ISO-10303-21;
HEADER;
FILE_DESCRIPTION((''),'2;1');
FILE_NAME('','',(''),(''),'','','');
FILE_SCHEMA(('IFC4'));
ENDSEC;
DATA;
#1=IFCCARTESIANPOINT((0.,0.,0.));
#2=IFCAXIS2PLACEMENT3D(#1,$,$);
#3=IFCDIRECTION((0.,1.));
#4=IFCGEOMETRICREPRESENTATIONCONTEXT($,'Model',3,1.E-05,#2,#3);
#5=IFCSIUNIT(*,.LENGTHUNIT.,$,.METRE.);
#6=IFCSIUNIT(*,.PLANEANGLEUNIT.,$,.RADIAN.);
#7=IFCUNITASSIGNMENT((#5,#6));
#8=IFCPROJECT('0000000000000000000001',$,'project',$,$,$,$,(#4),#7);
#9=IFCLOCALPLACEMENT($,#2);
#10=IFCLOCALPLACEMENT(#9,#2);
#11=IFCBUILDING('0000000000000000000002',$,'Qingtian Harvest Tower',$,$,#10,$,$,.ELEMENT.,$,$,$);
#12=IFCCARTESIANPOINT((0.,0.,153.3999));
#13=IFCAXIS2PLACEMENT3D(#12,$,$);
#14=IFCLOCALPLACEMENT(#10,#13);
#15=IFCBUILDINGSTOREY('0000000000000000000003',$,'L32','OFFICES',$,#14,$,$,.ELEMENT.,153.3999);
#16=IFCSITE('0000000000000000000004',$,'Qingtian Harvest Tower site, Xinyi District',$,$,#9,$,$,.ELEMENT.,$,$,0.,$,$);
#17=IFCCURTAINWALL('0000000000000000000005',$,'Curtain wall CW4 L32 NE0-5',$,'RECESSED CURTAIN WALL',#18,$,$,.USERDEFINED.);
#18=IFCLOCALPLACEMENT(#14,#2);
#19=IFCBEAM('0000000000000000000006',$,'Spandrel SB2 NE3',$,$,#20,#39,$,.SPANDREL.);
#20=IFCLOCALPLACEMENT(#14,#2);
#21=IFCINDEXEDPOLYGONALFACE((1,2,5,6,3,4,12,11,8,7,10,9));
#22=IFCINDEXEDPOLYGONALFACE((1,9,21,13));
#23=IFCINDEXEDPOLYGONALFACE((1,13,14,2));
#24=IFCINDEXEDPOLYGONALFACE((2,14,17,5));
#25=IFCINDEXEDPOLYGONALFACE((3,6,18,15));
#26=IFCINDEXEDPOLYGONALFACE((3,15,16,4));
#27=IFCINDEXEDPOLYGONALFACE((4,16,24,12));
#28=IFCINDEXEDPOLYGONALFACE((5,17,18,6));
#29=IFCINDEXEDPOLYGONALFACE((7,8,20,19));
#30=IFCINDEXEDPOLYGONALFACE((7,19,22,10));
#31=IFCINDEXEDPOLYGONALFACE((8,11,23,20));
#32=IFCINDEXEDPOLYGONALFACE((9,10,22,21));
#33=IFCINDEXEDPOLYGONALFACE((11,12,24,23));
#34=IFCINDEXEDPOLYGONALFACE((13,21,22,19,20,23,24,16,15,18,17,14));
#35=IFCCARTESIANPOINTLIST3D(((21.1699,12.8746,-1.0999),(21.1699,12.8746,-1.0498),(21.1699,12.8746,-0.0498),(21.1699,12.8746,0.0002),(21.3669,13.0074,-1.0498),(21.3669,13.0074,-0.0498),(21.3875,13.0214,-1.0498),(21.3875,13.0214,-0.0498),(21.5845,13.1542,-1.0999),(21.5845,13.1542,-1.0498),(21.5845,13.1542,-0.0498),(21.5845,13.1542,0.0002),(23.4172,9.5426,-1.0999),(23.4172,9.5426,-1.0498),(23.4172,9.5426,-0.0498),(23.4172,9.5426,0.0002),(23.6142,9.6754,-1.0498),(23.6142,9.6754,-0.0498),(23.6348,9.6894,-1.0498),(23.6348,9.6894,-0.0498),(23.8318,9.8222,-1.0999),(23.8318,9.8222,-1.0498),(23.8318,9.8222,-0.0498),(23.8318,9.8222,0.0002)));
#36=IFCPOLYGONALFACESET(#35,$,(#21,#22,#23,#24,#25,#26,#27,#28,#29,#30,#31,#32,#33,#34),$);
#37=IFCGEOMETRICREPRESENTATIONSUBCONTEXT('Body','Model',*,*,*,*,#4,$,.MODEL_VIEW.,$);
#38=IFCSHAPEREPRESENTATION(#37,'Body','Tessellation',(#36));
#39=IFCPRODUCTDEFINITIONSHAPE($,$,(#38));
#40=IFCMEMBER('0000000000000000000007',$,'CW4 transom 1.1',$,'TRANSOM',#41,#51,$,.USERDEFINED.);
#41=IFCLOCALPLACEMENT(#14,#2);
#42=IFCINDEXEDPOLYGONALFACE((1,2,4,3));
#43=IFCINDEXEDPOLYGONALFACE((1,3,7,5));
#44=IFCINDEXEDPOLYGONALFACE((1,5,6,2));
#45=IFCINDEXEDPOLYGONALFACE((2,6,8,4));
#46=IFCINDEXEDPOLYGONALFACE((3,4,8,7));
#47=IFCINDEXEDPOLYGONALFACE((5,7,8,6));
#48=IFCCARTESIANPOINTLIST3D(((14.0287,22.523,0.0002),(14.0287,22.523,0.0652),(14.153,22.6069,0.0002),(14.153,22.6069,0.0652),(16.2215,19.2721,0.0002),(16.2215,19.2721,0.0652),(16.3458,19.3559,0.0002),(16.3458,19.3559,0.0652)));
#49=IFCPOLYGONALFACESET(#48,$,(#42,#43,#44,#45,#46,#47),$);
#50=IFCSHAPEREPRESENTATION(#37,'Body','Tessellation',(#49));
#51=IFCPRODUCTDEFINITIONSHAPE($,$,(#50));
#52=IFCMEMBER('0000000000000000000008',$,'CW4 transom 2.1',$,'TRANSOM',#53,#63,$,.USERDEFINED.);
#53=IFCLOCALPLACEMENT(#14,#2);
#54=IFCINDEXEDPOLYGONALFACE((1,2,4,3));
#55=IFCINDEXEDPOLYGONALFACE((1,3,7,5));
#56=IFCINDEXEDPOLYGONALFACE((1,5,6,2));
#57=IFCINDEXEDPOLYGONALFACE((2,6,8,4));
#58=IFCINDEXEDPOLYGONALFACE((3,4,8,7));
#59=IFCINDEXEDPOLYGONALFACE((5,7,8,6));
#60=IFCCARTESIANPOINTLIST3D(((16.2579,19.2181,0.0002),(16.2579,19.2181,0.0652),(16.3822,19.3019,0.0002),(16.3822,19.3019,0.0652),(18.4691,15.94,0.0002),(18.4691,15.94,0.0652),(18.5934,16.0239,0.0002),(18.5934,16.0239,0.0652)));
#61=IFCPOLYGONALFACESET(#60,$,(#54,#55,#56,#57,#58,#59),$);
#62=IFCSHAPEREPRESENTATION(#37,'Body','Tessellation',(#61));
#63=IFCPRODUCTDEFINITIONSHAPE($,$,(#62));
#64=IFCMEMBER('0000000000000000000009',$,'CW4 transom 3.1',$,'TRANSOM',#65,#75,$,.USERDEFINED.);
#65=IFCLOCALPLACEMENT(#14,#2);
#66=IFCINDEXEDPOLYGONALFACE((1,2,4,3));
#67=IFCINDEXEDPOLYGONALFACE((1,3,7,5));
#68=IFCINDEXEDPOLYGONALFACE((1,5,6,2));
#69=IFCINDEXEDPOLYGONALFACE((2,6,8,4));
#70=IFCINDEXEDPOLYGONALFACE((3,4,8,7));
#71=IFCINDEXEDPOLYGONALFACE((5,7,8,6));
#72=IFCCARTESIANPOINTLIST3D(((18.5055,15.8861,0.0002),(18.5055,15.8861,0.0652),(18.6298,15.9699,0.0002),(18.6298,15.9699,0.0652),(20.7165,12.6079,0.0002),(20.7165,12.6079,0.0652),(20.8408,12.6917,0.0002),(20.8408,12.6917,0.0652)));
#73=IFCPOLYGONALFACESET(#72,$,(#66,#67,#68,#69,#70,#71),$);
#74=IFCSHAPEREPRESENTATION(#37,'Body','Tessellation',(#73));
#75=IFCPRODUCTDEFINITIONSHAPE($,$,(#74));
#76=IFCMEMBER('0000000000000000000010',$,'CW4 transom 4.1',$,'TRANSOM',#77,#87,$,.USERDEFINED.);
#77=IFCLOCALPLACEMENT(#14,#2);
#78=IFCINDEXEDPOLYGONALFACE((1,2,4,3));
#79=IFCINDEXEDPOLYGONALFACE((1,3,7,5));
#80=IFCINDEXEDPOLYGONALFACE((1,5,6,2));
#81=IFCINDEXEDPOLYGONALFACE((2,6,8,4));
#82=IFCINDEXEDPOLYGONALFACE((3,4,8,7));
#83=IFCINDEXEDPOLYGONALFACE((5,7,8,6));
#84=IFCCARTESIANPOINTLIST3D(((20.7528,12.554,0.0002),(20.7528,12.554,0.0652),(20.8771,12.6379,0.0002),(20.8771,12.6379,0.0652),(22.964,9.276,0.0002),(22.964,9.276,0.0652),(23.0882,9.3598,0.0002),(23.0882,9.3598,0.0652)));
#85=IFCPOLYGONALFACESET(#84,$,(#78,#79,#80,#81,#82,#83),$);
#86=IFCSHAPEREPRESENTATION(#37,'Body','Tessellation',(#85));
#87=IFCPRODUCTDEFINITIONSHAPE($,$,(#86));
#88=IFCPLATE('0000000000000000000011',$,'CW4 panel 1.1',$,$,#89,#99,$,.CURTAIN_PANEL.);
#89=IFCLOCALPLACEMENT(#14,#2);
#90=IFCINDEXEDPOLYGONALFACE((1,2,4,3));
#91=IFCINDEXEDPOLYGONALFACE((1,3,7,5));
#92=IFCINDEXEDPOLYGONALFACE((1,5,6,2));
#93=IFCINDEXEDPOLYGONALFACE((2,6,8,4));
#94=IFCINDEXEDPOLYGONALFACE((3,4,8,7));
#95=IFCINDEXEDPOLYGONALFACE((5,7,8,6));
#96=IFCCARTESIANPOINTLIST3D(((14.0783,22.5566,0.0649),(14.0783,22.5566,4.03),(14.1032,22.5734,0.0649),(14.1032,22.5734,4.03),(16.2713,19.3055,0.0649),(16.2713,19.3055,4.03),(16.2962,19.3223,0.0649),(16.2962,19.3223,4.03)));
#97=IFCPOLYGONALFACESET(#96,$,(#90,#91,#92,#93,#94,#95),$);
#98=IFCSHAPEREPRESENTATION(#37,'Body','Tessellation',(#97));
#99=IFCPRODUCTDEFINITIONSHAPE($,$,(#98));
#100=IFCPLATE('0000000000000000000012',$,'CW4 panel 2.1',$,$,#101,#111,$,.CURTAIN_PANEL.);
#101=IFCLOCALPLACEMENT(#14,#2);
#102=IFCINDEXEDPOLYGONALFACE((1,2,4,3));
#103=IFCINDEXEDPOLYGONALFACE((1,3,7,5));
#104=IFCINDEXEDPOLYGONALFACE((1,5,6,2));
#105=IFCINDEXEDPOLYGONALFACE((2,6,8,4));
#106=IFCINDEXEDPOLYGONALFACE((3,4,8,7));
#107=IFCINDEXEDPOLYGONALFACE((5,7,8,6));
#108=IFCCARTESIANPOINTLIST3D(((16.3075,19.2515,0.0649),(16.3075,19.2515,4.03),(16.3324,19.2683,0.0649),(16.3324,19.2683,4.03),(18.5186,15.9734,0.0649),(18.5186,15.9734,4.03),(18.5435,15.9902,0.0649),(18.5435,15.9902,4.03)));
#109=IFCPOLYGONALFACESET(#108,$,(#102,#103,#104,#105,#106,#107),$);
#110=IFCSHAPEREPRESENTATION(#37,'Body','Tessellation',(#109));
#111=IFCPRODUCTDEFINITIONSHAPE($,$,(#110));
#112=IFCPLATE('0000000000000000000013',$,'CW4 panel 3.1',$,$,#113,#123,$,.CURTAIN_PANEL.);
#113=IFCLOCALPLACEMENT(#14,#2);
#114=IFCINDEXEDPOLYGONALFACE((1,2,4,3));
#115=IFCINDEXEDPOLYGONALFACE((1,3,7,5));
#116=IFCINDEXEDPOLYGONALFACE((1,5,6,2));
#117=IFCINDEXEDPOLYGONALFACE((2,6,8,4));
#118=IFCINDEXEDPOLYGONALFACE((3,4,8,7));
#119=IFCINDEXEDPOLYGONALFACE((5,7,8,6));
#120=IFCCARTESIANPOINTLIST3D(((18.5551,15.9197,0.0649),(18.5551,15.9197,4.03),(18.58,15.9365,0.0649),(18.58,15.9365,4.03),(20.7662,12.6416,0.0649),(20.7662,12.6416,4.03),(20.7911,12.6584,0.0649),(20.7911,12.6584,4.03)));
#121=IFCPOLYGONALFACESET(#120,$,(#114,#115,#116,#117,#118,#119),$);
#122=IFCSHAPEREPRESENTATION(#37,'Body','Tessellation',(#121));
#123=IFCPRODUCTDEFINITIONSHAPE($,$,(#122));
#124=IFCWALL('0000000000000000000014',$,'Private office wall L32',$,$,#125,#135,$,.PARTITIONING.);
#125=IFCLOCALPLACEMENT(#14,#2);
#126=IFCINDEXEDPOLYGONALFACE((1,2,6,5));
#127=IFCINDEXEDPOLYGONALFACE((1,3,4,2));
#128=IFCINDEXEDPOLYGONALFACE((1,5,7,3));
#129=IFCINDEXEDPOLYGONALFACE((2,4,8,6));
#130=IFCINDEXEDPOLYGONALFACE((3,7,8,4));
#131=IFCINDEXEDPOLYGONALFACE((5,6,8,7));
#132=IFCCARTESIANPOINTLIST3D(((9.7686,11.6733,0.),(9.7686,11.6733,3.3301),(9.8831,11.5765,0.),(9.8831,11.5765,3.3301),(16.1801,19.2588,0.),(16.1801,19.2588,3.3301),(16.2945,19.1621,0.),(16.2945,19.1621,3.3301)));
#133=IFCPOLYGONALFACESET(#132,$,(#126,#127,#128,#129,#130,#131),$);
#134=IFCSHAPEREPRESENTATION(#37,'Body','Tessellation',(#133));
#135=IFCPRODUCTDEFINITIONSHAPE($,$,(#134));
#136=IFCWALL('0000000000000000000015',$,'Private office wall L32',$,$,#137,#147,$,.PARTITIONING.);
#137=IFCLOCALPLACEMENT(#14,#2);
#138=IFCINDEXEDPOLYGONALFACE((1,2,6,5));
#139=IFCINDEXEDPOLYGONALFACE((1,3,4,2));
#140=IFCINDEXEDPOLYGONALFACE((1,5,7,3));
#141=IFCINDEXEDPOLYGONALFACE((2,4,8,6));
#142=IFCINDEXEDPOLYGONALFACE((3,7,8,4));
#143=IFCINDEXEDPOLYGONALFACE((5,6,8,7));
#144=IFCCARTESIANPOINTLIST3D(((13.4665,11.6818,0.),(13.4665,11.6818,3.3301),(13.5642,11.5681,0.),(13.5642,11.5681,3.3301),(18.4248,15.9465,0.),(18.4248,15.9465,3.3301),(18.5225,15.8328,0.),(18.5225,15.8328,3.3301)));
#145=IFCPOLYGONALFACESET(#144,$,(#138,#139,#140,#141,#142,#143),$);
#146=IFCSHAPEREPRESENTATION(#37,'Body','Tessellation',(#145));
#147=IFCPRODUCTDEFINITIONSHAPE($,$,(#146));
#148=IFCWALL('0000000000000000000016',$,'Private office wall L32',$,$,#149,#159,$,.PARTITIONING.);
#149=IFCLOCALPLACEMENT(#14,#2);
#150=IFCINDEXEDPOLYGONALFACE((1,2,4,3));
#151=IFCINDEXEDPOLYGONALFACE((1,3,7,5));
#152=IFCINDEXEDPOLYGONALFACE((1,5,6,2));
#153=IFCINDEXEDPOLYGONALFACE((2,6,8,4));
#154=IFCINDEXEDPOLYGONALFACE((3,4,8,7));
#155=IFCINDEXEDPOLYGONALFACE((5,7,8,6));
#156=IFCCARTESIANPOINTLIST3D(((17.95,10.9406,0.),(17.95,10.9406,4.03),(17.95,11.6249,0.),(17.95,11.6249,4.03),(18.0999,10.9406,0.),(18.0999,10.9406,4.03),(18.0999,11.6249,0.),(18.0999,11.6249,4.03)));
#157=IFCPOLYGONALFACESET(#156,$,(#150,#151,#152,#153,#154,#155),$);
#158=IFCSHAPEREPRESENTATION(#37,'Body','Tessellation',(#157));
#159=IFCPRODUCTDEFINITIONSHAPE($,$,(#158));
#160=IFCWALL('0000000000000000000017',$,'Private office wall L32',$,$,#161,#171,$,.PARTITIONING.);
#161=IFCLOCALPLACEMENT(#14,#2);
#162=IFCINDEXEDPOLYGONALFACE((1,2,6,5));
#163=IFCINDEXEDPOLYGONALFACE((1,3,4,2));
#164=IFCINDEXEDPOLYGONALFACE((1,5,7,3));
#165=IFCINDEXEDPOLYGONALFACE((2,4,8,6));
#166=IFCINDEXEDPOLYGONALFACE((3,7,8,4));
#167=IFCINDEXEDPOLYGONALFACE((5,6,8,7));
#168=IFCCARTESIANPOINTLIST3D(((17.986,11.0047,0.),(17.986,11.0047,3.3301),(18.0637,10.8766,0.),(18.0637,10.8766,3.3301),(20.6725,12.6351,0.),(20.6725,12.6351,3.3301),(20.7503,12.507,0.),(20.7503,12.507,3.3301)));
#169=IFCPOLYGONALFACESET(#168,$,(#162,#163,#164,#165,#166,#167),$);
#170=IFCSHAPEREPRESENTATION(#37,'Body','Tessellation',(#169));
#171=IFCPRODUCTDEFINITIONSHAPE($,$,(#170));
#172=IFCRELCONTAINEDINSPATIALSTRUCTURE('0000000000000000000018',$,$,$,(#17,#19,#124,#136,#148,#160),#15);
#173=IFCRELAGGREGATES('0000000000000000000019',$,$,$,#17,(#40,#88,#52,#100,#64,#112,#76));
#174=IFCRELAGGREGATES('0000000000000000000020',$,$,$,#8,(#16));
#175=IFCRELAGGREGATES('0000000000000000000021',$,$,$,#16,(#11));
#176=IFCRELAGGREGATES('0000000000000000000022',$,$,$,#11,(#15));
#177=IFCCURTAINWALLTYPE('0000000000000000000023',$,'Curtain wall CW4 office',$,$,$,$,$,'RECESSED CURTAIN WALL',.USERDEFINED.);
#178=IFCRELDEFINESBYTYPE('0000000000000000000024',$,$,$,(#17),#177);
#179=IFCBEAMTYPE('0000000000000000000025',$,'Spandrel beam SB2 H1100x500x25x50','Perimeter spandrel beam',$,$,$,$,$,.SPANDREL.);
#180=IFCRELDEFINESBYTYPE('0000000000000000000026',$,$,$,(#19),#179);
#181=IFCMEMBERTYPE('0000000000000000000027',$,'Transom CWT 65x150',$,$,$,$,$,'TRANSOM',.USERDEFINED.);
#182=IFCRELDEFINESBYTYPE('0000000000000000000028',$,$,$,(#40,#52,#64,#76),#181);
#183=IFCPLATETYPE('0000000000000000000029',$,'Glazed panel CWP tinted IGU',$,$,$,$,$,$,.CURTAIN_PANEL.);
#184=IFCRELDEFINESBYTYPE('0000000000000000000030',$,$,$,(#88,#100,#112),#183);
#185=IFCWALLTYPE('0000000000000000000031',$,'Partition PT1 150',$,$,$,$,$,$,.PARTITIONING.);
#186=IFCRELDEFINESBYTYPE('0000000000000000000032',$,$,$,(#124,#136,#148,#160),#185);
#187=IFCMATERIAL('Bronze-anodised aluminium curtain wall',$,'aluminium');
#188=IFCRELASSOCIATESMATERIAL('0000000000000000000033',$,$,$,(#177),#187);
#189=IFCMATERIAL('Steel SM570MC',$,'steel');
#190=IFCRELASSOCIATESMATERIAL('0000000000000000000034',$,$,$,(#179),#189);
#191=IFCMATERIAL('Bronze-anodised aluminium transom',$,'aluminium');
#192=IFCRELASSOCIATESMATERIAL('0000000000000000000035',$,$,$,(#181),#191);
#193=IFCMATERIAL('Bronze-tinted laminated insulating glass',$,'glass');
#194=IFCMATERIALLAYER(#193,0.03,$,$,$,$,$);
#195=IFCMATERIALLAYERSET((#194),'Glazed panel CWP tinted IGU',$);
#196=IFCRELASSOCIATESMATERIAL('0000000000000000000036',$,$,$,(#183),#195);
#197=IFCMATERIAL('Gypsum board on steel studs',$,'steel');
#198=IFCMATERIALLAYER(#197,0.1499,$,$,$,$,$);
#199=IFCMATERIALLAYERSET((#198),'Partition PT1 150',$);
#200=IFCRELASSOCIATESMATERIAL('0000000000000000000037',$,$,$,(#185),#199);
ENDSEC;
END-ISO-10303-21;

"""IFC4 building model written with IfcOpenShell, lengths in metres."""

from ifc_helpers import new_model, si_unit, direction, frame, frame_2d, origin, origin_2d, place, context, subcontext, project, spatial, rectangle, i_section, extrude, material, layer, layer_set, material_profile, profile_set, type_object, element, aggregate, save


model = new_model("IFC4")

# Units and contexts
model_context = context("Model", 3, precision=1e-05, world=origin(), true_north=direction((0.0, 1.0)))
body_context = subcontext(model_context, "Body", "Model", "MODEL_VIEW")
ifc_project = project(units=[si_unit("LENGTHUNIT", "METRE"), si_unit("PLANEANGLEUNIT", "RADIAN")], contexts=[model_context])

# Site, building, storey
site_placement = place(None, origin())
site = spatial("IfcSite", under=ifc_project, at=site_placement, Name="Qingtian Harvest Tower site, Xinyi District", CompositionType="ELEMENT", RefElevation=0.0)
building_placement = place(site_placement, origin())
building = spatial("IfcBuilding", under=site, at=building_placement, Name="Qingtian Harvest Tower", CompositionType="ELEMENT")
storey_placement = place(building_placement, frame((0.0, 0.0, 153.3999)))
storey = spatial("IfcBuildingStorey", under=building, at=storey_placement, Name="L32", Description="OFFICES", CompositionType="ELEMENT", Elevation=153.3999)

# Shared definitions
ifc_material_1 = material(Name="Bronze-anodised aluminium curtain wall", Category="aluminium")
curtain_wall_type = type_object("IfcCurtainWallType", Name="Curtain wall CW4 office", ElementType="RECESSED CURTAIN WALL", PredefinedType="USERDEFINED", material=ifc_material_1)

# Curtain wall
curtain_wall_1_placement = place(storey_placement, origin())
curtain_wall_1 = element("IfcCurtainWall", 1, at=curtain_wall_1_placement, inside=storey, type_object=curtain_wall_type, Name="Curtain wall CW4 L32 NE0-5", ObjectType="RECESSED CURTAIN WALL", PredefinedType="USERDEFINED")

# Beam
ifc_material_2 = material(Name="Steel SM570MC", Category="steel")
ifc_material_profile_1 = material_profile(ifc_material_2, i_section(OverallWidth=0.5, OverallDepth=1.1001, WebThickness=0.0249, FlangeThickness=0.05, at=origin_2d()), Name="H1100x500x25x50")
ifc_profile_set_1 = profile_set([ifc_material_profile_1], Name="Steel SM570MC")
beam_type_1 = type_object("IfcBeamType", Name="Spandrel beam SB2 H1100x500x25x50", Description="Perimeter spandrel beam", PredefinedType="SPANDREL", material=ifc_profile_set_1)
beam_1_placement = place(storey_placement, frame((21.3772, 13.0144, -0.5498), z_axis=(0.559164, -0.829057, 0.0), x_axis=(0.829057, 0.559164, 0.0)))
element("IfcBeam", 2, at=beam_1_placement, inside=storey, type_object=beam_type_1, Name="Spandrel SB2 NE3", PredefinedType="SPANDREL", context=body_context, shape_type="SweptSolid", body=[
    extrude(i_section(OverallWidth=0.5, OverallDepth=1.1001, WebThickness=0.0249, FlangeThickness=0.05, at=origin_2d()), origin(), (0.0, 0.0, 1.0), 4.019),
])

# Members
ifc_material_3 = material(Name="Bronze-anodised aluminium transom", Category="aluminium")
ifc_material_profile_2 = material_profile(ifc_material_3, rectangle(XDim=0.1499, YDim=0.0649, at=origin_2d()), Name="AL 65x150")
ifc_profile_set_2 = profile_set([ifc_material_profile_2], Name="Bronze-anodised aluminium transom")
member_type_1 = type_object("IfcMemberType", Name="Transom CWT 65x150", ElementType="TRANSOM", PredefinedType="USERDEFINED", material=ifc_profile_set_2)
member_1_placement = place(storey_placement, frame((14.0908, 22.5649, 0.0327), z_axis=(0.559203, -0.829031, 0.0), x_axis=(0.829031, 0.559203, 0.0)))
member_1 = element("IfcMember", 3, at=member_1_placement, type_object=member_type_1, Name="CW4 transom 1.1", ObjectType="TRANSOM", PredefinedType="USERDEFINED", context=body_context, shape_type="SweptSolid", body=[
    extrude(rectangle(XDim=0.1499, YDim=0.0649, at=origin_2d()), origin(), (0.0, 0.0, 1.0), 3.9214),
])
member_2_placement = place(storey_placement, frame((16.3201, 19.26, 0.0327), z_axis=(0.559209, -0.829027, 0.0), x_axis=(0.829027, 0.559209, 0.0)))
member_2 = element("IfcMember", 4, at=member_2_placement, type_object=member_type_1, Name="CW4 transom 2.1", ObjectType="TRANSOM", PredefinedType="USERDEFINED", context=body_context, shape_type="SweptSolid", body=[
    extrude(rectangle(XDim=0.1499, YDim=0.0649, at=origin_2d()), origin(), (0.0, 0.0, 1.0), 3.9541),
])
member_3_placement = place(storey_placement, frame((18.5676, 15.928, 0.0327), z_axis=(0.559166, -0.829055, 0.0), x_axis=(0.829055, 0.559166, 0.0)))
member_3 = element("IfcMember", 5, at=member_3_placement, type_object=member_type_1, Name="CW4 transom 3.1", ObjectType="TRANSOM", PredefinedType="USERDEFINED", context=body_context, shape_type="SweptSolid", body=[
    extrude(rectangle(XDim=0.1499, YDim=0.0649, at=origin_2d()), origin(), (0.0, 0.0, 1.0), 3.9541),
])
member_4_placement = place(storey_placement, frame((20.8149, 12.5959, 0.0327), z_axis=(0.559209, -0.829027, 0.0), x_axis=(0.829027, 0.559209, 0.0)))
member_4 = element("IfcMember", 6, at=member_4_placement, type_object=member_type_1, Name="CW4 transom 4.1", ObjectType="TRANSOM", PredefinedType="USERDEFINED", context=body_context, shape_type="SweptSolid", body=[
    extrude(rectangle(XDim=0.1499, YDim=0.0649, at=origin_2d()), origin(), (0.0, 0.0, 1.0), 3.9541),
])

# Plates
ifc_material_4 = material(Name="Bronze-tinted laminated insulating glass", Category="glass")
ifc_layer_1 = layer(ifc_material_4, 0.03)
ifc_layer_set_1 = layer_set([ifc_layer_1], Name="Glazed panel CWP tinted IGU")
plate_type = type_object("IfcPlateType", Name="Glazed panel CWP tinted IGU", PredefinedType="CURTAIN_PANEL", material=ifc_layer_set_1)
plate_1_placement = place(storey_placement, frame((15.1873, 20.9395, 0.0649), z_axis=(0.0, 0.0, 1.0), x_axis=(0.559193, -0.829038, 0.0)))
plate_1 = element("IfcPlate", 7, at=plate_1_placement, type_object=plate_type, Name="CW4 panel 1.1", PredefinedType="CURTAIN_PANEL", context=body_context, shape_type="SweptSolid", body=[
    extrude(rectangle(XDim=3.9216, YDim=0.03, at=origin_2d()), origin(), (0.0, 0.0, 1.0), 3.9651),
])
plate_2_placement = place(storey_placement, frame((17.4255, 17.6208, 0.0649), z_axis=(0.0, 0.0, 1.0), x_axis=(0.559193, -0.829038, 0.0)))
plate_2 = element("IfcPlate", 8, at=plate_2_placement, type_object=plate_type, Name="CW4 panel 2.1", PredefinedType="CURTAIN_PANEL", context=body_context, shape_type="SweptSolid", body=[
    extrude(rectangle(XDim=3.9541, YDim=0.03, at=origin_2d()), origin(), (0.0, 0.0, 1.0), 3.9651),
])
plate_3_placement = place(storey_placement, frame((19.6731, 14.2891, 0.0649), z_axis=(0.0, 0.0, 1.0), x_axis=(0.559193, -0.829038, 0.0)))
plate_3 = element("IfcPlate", 9, at=plate_3_placement, type_object=plate_type, Name="CW4 panel 3.1", PredefinedType="CURTAIN_PANEL", context=body_context, shape_type="SweptSolid", body=[
    extrude(rectangle(XDim=3.9541, YDim=0.03, at=origin_2d()), origin(), (0.0, 0.0, 1.0), 3.9651),
])
aggregate(curtain_wall_1, [member_1, plate_1, member_2, plate_2, member_3, plate_3, member_4])

# Walls
ifc_material_5 = material(Name="Gypsum board on steel studs", Category="steel")
ifc_layer_2 = layer(ifc_material_5, 0.1499)
ifc_layer_set_2 = layer_set([ifc_layer_2], Name="Partition PT1 150")
wall_type = type_object("IfcWallType", Name="Partition PT1 150", PredefinedType="PARTITIONING", material=ifc_layer_set_2)
wall_1_placement = place(storey_placement, frame((16.2373, 19.2104, 0.0), z_axis=(0.0, 0.0, 1.0), x_axis=(-0.645527, -0.763738, 0.0)))
element("IfcWall", 10, at=wall_1_placement, inside=storey, type_object=wall_type, Name="Private office wall L32", PredefinedType="PARTITIONING", context=body_context, shape_type="SweptSolid", body=[
    extrude(rectangle(XDim=9.9321, YDim=0.1499, at=frame_2d((4.9661, 0.0))), origin(), (0.0, 0.0, 1.0), 3.3301),
])
wall_2_placement = place(storey_placement, frame((18.4736, 15.8896, 0.0), z_axis=(0.0, 0.0, 1.0), x_axis=(-0.758143, -0.652088, 0.0)))
element("IfcWall", 11, at=wall_2_placement, inside=storey, type_object=wall_type, Name="Private office wall L32", PredefinedType="PARTITIONING", context=body_context, shape_type="SweptSolid", body=[
    extrude(rectangle(XDim=6.54, YDim=0.1499, at=frame_2d((3.27, 0.0))), origin(), (0.0, 0.0, 1.0), 3.3301),
])
wall_3_placement = place(storey_placement, frame((18.0249, 11.625, 0.0), z_axis=(0.0, 0.0, 1.0), x_axis=(0.0, -1.0, 0.0)))
element("IfcWall", 12, at=wall_3_placement, inside=storey, type_object=wall_type, Name="Private office wall L32", PredefinedType="PARTITIONING", context=body_context, shape_type="SweptSolid", body=[
    extrude(rectangle(XDim=0.6843, YDim=0.1499, at=frame_2d((0.3423, 0.0))), origin(), (0.0, 0.0, 1.0), 4.03),
])
wall_4_placement = place(storey_placement, frame((20.7114, 12.571, 0.0), z_axis=(0.0, 0.0, 1.0), x_axis=(-0.854891, -0.518808, 0.0)))
element("IfcWall", 13, at=wall_4_placement, inside=storey, type_object=wall_type, Name="Private office wall L32", PredefinedType="PARTITIONING", context=body_context, shape_type="SweptSolid", body=[
    extrude(rectangle(XDim=3.1426, YDim=0.1499, at=frame_2d((1.5713, 0.0))), origin(), (0.0, 0.0, 1.0), 3.3301),
])

save(model, "model.ifc")
